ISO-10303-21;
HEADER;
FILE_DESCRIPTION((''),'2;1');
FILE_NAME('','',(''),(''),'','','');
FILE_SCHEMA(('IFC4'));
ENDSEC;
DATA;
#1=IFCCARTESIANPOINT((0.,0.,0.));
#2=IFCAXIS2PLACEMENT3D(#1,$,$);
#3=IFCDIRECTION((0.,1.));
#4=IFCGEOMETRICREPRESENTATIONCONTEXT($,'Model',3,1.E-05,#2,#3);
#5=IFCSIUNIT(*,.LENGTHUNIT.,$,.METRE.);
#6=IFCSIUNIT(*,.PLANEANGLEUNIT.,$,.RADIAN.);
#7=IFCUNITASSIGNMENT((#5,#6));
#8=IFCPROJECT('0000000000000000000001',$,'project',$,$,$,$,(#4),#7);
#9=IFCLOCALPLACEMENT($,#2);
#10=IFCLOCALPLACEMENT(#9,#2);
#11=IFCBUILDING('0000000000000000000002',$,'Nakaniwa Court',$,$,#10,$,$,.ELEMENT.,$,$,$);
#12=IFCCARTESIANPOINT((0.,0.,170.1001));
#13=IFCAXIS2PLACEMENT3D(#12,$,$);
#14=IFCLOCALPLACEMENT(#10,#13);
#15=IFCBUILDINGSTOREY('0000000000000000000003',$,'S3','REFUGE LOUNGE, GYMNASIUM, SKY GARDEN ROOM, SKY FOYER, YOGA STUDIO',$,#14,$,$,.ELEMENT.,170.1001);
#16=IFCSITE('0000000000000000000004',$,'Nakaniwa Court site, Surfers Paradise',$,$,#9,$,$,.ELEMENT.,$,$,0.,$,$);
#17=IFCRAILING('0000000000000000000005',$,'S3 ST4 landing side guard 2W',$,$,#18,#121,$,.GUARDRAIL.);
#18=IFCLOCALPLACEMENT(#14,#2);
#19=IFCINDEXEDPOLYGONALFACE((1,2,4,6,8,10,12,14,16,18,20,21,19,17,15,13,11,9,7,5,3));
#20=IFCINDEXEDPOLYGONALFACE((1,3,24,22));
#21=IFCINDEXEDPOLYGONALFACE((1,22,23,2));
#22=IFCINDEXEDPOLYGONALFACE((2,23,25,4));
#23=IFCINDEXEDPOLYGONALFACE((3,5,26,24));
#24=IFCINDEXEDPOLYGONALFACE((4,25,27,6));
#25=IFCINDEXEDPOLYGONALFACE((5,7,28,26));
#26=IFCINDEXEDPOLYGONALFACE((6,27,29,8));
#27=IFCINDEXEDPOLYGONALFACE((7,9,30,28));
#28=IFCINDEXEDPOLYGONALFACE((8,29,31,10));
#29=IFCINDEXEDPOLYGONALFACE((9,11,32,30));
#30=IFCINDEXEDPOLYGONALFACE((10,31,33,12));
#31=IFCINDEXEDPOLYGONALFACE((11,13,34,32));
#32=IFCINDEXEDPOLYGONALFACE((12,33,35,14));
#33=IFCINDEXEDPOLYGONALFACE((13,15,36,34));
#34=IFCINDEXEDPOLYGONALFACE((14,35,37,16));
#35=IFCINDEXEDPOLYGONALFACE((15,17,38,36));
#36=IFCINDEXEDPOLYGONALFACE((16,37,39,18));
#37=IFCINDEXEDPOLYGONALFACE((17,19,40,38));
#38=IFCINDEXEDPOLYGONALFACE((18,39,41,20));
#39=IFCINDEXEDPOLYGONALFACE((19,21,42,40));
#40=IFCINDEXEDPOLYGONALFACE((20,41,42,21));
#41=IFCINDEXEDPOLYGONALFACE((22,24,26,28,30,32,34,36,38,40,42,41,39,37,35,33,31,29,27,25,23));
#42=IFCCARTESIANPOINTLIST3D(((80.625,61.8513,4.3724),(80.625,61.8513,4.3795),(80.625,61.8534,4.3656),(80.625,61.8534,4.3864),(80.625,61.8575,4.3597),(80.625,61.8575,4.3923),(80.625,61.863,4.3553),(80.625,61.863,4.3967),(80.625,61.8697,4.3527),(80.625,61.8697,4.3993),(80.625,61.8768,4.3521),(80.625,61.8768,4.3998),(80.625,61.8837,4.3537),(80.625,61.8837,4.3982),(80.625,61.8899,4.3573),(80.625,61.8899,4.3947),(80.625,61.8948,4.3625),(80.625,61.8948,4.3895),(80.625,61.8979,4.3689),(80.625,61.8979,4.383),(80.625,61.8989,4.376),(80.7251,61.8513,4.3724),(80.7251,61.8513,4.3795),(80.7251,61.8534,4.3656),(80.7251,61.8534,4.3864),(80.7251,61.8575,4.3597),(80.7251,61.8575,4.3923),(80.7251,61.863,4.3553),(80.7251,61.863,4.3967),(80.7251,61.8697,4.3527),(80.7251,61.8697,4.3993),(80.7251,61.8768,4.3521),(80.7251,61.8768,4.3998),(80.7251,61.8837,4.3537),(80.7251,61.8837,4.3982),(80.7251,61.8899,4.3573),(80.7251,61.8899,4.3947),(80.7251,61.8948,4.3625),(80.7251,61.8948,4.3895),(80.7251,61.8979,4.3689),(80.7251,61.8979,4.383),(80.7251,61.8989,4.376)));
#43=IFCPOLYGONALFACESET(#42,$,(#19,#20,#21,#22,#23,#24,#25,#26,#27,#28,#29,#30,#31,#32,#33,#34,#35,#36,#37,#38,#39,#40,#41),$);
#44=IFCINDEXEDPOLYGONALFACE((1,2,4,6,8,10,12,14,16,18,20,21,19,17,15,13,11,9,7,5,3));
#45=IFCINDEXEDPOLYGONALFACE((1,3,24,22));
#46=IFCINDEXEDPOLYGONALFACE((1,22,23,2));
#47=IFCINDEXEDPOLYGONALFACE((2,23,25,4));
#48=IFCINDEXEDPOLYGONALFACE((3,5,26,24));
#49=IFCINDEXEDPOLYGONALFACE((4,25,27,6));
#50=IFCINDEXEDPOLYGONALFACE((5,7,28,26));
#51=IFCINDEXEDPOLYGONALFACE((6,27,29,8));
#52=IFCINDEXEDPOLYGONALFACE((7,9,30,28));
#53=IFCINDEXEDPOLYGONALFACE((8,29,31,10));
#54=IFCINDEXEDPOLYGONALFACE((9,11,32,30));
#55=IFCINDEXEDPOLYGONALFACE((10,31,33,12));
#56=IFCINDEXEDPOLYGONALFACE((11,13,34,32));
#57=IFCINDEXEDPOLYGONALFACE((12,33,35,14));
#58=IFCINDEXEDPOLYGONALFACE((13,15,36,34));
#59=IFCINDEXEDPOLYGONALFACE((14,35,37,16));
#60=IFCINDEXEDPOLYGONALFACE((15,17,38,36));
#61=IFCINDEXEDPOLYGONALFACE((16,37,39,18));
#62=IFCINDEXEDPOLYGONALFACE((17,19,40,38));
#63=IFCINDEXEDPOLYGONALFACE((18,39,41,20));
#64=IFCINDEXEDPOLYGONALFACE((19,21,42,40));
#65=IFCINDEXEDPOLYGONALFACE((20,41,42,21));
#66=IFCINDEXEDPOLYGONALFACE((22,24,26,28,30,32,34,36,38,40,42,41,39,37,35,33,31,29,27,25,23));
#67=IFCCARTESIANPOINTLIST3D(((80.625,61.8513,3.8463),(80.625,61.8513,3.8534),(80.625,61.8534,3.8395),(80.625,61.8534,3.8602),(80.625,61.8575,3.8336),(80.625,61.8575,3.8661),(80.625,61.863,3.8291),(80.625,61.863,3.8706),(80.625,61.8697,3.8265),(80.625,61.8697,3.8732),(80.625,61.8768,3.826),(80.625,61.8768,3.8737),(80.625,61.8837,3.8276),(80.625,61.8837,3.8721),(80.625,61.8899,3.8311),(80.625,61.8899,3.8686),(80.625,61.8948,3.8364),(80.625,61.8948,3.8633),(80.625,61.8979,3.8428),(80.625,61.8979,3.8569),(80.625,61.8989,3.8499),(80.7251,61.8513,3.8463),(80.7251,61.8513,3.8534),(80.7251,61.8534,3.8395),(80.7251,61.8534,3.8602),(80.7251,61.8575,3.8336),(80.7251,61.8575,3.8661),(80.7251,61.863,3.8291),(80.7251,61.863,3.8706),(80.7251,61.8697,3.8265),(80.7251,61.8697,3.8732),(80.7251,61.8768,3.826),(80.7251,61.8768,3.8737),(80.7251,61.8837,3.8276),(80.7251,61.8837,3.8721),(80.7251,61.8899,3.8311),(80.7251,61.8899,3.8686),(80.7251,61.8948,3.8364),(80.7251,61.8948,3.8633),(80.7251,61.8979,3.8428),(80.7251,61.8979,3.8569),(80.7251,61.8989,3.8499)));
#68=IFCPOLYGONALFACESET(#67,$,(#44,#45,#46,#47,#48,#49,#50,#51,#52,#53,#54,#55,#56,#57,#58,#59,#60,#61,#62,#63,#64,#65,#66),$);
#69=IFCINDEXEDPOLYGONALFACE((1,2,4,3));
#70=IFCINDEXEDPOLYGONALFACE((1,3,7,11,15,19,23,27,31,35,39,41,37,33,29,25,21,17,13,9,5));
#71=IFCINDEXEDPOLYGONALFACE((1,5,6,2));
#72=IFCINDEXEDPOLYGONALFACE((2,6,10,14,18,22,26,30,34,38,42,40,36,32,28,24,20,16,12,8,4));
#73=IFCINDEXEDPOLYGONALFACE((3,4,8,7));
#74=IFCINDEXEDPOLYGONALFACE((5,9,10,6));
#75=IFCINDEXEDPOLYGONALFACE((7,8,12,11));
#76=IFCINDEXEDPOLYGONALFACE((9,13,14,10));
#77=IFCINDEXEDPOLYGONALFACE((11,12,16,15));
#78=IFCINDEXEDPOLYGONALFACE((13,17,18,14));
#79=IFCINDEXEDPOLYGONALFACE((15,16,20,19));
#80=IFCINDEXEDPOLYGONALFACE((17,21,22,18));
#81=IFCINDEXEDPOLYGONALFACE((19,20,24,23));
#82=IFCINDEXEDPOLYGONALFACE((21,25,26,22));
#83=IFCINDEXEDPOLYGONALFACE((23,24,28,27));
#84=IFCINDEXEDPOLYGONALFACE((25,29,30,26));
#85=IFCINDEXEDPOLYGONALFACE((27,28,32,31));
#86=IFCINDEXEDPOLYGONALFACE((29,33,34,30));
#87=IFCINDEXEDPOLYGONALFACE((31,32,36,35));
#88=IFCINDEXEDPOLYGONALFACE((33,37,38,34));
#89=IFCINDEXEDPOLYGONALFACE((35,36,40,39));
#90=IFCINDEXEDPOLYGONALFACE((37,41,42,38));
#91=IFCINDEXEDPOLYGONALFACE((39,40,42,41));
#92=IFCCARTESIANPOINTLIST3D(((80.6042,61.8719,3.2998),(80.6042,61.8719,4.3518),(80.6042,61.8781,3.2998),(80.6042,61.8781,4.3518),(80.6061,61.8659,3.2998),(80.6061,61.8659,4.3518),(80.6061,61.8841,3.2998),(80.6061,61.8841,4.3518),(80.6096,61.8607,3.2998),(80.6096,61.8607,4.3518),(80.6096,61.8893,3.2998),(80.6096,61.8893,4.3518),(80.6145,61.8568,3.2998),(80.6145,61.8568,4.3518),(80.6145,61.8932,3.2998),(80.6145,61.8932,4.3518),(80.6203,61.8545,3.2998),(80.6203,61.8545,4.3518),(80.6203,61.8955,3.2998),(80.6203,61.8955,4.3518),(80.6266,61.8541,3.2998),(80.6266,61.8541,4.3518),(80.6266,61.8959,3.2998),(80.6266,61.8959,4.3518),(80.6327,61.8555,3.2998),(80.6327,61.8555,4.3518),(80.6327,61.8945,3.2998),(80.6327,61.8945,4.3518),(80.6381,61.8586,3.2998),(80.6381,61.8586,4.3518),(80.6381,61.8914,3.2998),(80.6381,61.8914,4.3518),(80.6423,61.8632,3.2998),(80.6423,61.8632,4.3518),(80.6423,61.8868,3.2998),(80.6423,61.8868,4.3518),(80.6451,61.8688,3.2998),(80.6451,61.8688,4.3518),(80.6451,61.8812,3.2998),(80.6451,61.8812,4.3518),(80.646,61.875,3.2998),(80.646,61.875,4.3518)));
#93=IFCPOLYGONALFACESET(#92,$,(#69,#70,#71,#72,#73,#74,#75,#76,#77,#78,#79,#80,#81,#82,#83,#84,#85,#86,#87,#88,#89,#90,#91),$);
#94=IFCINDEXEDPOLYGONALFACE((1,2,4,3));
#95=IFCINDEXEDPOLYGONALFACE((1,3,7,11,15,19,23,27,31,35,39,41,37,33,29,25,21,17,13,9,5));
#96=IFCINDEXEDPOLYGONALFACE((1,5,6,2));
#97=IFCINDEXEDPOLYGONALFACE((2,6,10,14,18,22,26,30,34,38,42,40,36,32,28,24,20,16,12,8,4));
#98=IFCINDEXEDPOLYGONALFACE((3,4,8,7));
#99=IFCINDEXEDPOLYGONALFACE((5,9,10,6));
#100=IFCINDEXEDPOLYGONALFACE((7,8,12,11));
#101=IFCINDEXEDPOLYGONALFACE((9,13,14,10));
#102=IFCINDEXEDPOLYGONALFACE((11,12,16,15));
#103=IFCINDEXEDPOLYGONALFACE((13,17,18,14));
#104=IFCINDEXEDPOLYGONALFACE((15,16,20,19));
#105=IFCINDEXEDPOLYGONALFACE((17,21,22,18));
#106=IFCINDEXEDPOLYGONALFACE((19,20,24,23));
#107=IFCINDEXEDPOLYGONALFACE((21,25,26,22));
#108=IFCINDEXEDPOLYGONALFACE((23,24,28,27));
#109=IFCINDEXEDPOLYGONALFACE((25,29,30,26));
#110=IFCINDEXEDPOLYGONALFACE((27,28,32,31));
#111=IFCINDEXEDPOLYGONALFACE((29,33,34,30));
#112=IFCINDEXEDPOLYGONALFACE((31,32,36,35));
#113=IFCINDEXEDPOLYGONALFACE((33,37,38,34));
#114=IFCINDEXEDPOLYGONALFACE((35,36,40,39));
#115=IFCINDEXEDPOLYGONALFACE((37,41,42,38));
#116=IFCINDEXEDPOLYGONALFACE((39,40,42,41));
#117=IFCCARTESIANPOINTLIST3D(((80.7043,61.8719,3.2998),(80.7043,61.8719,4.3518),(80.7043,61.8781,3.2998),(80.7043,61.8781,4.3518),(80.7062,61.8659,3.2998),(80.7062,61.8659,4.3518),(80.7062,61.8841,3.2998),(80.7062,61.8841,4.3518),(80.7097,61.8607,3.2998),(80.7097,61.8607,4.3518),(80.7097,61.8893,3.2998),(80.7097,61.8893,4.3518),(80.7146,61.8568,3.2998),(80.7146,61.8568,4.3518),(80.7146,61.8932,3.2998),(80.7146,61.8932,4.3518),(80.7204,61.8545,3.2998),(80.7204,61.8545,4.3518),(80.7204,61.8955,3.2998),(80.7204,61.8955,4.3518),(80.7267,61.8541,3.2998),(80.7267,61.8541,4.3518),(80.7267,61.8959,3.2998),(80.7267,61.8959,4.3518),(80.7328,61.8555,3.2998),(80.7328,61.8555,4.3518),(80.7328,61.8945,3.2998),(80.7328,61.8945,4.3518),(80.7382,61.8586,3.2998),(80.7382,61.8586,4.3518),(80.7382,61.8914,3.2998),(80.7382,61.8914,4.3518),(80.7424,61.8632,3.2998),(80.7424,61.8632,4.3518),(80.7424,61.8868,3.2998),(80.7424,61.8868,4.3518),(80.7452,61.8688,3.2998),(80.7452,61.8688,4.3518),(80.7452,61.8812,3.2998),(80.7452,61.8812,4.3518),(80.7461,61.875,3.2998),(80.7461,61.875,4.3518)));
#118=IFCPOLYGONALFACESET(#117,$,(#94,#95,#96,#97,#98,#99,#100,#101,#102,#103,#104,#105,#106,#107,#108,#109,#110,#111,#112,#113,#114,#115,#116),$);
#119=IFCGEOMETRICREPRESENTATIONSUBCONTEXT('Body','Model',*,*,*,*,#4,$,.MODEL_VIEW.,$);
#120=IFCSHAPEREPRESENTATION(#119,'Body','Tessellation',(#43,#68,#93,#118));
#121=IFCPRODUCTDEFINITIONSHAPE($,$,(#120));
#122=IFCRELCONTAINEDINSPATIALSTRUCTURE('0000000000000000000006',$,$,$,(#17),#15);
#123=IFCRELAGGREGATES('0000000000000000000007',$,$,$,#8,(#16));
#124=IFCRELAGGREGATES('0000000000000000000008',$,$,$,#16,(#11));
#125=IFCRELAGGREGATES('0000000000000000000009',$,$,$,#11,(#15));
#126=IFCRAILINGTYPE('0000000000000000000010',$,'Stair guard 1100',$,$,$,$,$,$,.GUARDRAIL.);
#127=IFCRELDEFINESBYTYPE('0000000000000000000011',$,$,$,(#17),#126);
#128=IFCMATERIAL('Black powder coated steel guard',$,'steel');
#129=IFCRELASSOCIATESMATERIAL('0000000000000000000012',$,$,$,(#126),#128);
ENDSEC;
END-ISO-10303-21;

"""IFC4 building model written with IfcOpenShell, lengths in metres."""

from ifc_helpers import new_model, si_unit, direction, frame, origin, origin_2d, place, context, subcontext, project, spatial, circle, extrude, material, type_object, element, save


model = new_model("IFC4")

# Units and contexts
model_context = context("Model", 3, precision=1e-05, world=origin(), true_north=direction((0.0, 1.0)))
body_context = subcontext(model_context, "Body", "Model", "MODEL_VIEW")
ifc_project = project(units=[si_unit("LENGTHUNIT", "METRE"), si_unit("PLANEANGLEUNIT", "RADIAN")], contexts=[model_context])

# Site, building, storey
site_placement = place(None, origin())
site = spatial("IfcSite", under=ifc_project, at=site_placement, Name="Nakaniwa Court site, Surfers Paradise", CompositionType="ELEMENT", RefElevation=0.0)
building_placement = place(site_placement, origin())
building = spatial("IfcBuilding", under=site, at=building_placement, Name="Nakaniwa Court", CompositionType="ELEMENT")
storey_placement = place(building_placement, frame((0.0, 0.0, 170.1001)))
storey = spatial("IfcBuildingStorey", under=building, at=storey_placement, Name="S3", Description="REFUGE LOUNGE, GYMNASIUM, SKY GARDEN ROOM, SKY FOYER, YOGA STUDIO", CompositionType="ELEMENT", Elevation=170.1001)

# Railing
ifc_material_1 = material(Name="Black powder coated steel guard", Category="steel")
railing_type_1 = type_object("IfcRailingType", Name="Stair guard 1100", PredefinedType="GUARDRAIL", material=ifc_material_1)
railing_1_placement = place(storey_placement, frame((80.625, 61.875, 3.2998)))
element("IfcRailing", 1, at=railing_1_placement, inside=storey, type_object=railing_type_1, Name="S3 ST4 landing side guard 2W", PredefinedType="GUARDRAIL", context=body_context, shape_type="SweptSolid", body=[
    extrude(circle(Radius=0.0239, at=origin_2d()), frame((0.0, 0.0, 1.0762), z_axis=(1.0, 0.0, 0.0), x_axis=(0.0, 1.0, 0.0)), (0.0, 0.0, 1.0), 0.1001),
    extrude(circle(Radius=0.0239, at=origin_2d()), frame((0.0, 0.0, 0.55), z_axis=(1.0, 0.0, 0.0), x_axis=(0.0, 1.0, 0.0)), (0.0, 0.0, 1.0), 0.1001),
    extrude(circle(Radius=0.021, at=origin_2d()), origin(), (0.0, 0.0, 1.0), 1.052),
    extrude(circle(Radius=0.021, at=origin_2d()), frame((0.1001, 0.0, 0.0)), (0.0, 0.0, 1.0), 1.052),
])

save(model, "model.ifc")
